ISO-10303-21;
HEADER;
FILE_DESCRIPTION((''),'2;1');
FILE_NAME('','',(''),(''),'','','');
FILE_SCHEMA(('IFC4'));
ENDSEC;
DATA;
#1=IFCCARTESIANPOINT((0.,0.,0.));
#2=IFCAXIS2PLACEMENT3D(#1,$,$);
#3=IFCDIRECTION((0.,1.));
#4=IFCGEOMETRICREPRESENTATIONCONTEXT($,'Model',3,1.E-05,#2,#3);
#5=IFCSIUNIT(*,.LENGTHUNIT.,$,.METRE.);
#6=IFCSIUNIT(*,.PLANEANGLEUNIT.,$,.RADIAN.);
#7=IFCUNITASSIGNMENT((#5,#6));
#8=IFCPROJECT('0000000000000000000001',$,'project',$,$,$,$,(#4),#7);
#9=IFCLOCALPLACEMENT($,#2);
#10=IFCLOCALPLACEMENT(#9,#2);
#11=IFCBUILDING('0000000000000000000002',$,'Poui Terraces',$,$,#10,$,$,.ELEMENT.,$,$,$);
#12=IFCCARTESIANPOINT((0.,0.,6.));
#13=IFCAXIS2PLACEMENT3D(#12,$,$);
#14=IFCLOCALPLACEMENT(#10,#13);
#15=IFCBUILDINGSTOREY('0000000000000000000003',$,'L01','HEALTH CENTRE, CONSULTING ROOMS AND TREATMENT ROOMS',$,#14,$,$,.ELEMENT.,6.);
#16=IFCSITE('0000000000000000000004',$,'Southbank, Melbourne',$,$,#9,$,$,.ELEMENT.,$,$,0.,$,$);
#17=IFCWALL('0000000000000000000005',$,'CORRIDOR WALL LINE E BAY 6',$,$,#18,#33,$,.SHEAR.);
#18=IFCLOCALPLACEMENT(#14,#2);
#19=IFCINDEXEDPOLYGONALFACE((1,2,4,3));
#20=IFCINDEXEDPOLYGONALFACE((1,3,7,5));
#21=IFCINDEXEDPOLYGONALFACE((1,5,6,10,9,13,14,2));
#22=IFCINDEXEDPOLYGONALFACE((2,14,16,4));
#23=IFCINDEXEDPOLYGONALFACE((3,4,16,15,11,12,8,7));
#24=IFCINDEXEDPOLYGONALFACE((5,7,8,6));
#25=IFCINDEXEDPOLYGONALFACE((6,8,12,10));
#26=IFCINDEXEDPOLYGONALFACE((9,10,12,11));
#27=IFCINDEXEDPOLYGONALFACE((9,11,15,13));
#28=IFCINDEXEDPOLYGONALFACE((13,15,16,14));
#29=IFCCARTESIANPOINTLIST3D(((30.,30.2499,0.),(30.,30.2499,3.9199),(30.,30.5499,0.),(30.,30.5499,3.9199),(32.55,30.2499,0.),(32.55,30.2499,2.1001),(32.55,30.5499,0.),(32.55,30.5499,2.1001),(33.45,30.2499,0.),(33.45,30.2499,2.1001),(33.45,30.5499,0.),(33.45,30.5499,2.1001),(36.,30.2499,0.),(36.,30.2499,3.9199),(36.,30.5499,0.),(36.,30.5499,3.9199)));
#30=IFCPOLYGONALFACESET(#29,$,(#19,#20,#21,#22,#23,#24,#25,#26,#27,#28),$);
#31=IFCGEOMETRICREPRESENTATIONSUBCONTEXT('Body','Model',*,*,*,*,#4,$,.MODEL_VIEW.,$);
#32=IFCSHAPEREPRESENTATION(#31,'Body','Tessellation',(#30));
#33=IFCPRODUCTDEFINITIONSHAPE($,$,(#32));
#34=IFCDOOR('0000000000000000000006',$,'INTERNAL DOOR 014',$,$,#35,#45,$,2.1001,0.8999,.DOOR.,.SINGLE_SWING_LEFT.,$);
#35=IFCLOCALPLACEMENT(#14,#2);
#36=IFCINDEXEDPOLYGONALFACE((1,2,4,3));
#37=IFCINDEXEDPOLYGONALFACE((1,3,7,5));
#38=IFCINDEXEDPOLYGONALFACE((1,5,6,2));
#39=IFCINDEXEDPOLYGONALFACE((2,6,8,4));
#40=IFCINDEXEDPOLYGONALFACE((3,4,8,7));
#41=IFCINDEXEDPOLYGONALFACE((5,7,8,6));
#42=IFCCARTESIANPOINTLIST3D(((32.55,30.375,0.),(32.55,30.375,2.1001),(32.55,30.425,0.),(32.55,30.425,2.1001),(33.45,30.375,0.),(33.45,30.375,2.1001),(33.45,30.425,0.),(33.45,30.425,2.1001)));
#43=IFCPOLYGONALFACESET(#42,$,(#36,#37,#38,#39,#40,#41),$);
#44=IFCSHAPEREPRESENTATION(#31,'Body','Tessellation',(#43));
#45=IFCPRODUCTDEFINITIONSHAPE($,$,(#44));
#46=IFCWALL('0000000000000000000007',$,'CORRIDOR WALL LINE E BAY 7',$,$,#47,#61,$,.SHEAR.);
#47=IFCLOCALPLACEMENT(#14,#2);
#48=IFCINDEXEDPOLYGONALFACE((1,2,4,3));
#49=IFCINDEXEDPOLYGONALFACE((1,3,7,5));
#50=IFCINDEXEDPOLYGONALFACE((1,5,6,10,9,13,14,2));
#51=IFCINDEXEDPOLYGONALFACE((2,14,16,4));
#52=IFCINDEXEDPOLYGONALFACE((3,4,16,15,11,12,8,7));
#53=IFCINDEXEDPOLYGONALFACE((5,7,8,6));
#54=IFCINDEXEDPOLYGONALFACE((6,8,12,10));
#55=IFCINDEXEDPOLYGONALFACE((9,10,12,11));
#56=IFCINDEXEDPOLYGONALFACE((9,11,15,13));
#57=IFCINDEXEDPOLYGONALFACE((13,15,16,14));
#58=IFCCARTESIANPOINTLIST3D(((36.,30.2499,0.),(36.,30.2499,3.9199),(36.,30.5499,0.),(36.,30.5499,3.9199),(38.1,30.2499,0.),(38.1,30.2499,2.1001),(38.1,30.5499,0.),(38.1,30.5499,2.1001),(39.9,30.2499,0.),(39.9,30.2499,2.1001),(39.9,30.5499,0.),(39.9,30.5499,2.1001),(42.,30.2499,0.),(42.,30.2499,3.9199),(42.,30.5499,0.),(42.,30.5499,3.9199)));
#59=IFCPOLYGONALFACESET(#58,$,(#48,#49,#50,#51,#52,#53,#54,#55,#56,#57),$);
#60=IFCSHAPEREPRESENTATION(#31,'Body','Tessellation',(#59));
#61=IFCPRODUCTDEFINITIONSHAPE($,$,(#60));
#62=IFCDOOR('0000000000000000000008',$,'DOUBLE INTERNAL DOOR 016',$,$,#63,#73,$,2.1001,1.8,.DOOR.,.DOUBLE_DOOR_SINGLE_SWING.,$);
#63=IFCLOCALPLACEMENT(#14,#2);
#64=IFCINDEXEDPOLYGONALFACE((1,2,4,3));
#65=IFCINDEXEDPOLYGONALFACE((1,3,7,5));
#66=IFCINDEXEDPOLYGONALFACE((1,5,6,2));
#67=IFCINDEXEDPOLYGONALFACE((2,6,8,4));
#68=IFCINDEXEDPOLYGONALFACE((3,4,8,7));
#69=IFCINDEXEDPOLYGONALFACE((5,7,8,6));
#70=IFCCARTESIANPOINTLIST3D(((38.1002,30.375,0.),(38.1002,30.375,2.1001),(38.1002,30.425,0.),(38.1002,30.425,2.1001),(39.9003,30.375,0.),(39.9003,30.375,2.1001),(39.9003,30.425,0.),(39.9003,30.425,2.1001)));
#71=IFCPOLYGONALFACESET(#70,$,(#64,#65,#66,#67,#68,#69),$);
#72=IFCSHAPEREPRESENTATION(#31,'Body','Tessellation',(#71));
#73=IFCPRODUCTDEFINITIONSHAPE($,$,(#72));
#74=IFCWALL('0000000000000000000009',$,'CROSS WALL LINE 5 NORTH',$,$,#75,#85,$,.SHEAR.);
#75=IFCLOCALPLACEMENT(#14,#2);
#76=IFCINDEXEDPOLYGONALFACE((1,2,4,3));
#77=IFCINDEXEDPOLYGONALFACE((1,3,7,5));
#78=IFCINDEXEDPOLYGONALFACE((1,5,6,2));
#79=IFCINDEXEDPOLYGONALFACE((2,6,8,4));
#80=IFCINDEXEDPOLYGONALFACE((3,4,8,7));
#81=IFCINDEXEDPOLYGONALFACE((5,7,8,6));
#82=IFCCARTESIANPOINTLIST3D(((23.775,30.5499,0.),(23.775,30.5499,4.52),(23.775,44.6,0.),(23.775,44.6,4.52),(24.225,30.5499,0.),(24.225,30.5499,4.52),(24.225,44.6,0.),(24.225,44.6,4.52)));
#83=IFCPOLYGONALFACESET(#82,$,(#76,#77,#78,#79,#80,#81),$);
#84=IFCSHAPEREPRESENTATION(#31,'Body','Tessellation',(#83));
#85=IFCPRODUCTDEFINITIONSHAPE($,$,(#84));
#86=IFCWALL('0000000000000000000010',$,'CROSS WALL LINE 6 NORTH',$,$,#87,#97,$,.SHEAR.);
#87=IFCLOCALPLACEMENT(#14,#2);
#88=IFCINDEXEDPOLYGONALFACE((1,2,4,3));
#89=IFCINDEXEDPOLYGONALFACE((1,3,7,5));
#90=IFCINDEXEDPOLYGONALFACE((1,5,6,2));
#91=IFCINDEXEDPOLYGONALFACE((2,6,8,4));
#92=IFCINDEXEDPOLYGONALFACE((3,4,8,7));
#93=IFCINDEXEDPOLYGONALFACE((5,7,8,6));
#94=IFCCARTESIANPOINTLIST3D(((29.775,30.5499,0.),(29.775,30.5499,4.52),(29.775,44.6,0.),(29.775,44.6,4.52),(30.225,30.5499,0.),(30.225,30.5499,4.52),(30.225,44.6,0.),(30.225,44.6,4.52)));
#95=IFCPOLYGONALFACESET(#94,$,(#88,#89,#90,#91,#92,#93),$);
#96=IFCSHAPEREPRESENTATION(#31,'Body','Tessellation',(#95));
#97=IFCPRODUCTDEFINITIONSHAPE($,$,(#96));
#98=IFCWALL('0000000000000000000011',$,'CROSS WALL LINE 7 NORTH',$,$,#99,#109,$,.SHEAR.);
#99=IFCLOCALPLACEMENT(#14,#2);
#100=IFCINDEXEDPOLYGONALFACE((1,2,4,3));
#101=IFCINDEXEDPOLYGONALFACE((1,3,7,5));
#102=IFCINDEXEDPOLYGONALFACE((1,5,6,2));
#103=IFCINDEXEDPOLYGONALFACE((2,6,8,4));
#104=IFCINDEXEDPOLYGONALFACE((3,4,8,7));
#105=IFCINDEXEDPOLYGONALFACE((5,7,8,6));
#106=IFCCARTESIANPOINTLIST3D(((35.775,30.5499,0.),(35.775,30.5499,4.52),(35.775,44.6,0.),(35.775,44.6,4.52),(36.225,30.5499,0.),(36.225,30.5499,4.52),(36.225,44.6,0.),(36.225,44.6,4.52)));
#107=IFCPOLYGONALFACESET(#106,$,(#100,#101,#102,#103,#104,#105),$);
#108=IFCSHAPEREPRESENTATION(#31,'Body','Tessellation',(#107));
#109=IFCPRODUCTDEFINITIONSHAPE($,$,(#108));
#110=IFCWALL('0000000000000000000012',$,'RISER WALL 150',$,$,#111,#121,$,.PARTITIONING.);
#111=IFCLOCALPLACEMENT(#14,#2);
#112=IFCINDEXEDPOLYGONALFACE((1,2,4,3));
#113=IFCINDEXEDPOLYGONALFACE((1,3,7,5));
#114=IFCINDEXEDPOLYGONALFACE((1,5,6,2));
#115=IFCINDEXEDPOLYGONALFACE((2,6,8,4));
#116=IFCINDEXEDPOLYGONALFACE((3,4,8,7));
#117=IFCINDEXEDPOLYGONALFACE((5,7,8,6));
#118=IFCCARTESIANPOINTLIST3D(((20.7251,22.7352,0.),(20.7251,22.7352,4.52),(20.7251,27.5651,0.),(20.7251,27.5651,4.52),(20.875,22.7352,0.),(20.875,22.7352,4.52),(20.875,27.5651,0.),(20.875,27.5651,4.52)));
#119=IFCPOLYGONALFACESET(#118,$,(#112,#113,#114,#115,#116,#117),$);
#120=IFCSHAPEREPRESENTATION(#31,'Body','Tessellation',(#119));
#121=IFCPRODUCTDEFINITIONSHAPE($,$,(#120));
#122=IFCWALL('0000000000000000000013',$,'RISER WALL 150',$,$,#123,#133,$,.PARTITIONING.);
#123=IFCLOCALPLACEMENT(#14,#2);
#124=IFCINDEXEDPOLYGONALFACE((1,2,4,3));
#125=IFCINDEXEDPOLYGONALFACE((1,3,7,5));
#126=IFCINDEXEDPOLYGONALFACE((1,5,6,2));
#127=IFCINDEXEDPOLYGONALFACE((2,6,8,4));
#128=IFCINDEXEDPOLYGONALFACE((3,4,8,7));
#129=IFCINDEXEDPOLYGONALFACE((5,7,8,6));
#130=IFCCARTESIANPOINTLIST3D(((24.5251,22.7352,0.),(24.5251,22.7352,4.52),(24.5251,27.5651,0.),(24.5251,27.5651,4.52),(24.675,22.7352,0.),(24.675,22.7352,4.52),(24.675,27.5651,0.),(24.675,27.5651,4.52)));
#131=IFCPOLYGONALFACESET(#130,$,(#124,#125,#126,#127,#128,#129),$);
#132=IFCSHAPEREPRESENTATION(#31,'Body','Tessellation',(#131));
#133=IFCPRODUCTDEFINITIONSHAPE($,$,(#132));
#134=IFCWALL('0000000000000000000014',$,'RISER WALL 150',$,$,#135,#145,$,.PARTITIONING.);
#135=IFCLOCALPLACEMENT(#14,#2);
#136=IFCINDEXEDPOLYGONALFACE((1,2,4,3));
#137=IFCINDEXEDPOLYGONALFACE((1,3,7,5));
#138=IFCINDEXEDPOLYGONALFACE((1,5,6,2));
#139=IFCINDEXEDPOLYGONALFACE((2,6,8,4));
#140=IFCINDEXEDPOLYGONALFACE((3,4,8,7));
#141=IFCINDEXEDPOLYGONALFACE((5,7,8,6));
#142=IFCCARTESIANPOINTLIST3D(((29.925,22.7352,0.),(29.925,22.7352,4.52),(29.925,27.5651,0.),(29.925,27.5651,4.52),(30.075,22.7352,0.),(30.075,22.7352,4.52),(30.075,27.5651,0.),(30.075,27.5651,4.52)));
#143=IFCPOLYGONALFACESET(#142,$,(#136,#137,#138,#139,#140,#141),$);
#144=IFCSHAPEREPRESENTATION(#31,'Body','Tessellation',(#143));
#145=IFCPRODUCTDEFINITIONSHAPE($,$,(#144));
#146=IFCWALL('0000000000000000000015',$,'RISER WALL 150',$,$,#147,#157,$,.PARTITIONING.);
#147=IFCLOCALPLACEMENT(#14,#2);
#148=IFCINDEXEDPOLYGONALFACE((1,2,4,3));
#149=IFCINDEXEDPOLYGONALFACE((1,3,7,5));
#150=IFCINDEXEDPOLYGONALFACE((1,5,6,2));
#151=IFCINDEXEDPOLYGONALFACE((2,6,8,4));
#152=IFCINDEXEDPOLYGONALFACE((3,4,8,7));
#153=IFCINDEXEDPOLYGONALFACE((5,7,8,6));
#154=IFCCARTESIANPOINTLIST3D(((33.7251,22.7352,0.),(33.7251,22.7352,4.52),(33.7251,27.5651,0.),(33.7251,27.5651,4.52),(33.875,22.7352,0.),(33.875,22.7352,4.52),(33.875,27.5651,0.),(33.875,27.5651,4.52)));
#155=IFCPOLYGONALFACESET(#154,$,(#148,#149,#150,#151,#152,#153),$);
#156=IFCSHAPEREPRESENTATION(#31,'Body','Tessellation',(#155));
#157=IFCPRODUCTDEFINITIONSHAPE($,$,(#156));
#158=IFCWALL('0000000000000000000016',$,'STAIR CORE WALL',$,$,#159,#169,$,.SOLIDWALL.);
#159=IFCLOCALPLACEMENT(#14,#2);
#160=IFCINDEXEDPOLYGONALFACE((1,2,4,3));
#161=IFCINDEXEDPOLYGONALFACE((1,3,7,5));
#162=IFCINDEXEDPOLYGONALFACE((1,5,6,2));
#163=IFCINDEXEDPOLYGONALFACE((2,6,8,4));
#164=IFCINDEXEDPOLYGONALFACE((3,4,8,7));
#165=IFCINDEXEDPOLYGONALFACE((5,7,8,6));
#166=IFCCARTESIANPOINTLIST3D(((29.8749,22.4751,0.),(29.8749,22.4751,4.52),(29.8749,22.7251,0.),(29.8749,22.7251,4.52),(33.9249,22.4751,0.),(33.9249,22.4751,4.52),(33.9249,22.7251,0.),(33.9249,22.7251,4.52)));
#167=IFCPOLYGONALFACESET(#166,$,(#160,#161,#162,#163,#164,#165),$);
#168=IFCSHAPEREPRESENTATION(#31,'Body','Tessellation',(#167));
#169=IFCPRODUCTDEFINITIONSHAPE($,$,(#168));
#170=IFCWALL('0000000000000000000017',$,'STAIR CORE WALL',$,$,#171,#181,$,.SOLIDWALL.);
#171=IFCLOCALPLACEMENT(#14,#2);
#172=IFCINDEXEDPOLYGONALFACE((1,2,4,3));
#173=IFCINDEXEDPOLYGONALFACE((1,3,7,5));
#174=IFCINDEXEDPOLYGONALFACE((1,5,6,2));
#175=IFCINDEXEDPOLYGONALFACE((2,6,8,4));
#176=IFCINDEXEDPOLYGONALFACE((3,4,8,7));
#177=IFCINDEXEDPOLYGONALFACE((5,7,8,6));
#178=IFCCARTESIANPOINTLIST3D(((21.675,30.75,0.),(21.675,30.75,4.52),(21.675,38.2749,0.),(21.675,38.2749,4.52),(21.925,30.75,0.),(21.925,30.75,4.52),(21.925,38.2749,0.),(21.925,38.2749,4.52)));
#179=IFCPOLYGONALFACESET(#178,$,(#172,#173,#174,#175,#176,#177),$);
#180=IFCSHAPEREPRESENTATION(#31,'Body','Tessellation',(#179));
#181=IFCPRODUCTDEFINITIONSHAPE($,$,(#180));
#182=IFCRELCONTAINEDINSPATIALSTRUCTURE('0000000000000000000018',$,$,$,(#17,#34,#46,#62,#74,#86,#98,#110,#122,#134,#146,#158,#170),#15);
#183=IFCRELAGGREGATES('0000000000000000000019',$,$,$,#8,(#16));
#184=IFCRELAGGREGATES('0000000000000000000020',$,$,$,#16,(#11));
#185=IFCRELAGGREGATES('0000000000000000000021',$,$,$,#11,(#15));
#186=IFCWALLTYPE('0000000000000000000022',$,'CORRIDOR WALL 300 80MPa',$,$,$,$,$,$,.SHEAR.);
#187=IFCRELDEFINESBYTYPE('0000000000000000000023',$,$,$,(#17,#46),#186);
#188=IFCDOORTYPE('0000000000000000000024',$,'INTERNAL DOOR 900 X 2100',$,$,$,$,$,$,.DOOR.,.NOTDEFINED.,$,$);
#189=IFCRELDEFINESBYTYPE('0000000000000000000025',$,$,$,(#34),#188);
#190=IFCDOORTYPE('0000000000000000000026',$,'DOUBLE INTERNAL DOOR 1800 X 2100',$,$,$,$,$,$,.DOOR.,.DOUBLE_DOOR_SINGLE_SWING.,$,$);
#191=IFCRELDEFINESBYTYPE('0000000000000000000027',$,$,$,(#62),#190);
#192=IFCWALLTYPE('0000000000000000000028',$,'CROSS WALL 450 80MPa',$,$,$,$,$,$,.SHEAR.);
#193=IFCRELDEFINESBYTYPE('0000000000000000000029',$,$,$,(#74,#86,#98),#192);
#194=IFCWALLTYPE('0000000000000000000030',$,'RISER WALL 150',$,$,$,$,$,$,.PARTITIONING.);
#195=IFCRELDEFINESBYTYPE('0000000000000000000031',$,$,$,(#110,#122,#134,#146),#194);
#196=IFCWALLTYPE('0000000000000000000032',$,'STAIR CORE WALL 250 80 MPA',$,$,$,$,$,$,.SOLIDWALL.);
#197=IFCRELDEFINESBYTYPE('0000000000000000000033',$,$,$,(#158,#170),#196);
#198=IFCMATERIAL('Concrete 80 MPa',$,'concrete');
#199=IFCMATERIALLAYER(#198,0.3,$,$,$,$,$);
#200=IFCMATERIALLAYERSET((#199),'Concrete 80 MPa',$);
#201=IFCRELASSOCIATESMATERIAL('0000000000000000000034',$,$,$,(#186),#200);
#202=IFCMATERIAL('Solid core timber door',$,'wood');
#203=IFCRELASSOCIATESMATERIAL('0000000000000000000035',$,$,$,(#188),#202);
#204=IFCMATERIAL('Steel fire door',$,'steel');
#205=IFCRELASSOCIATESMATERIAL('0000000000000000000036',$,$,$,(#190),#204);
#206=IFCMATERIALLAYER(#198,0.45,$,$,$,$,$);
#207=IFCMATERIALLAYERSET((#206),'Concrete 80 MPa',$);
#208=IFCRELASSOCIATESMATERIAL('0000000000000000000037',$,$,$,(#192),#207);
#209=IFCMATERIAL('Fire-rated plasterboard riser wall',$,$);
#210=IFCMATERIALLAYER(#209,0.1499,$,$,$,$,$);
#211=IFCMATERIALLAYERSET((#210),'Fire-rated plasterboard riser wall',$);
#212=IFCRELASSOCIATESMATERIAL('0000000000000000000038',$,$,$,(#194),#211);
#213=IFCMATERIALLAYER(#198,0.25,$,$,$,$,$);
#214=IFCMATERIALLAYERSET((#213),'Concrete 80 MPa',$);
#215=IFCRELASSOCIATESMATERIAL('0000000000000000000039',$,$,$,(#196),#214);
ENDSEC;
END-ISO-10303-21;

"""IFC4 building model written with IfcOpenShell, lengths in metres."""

from ifc_helpers import new_model, si_unit, direction, frame, frame_2d, origin, place, context, subcontext, project, spatial, rectangle, extrude, material, layer, layer_set, type_object, element, fill, save


model = new_model("IFC4")

# Units and contexts
model_context = context("Model", 3, precision=1e-05, world=origin(), true_north=direction((0.0, 1.0)))
body_context = subcontext(model_context, "Body", "Model", "MODEL_VIEW")
ifc_project = project(units=[si_unit("LENGTHUNIT", "METRE"), si_unit("PLANEANGLEUNIT", "RADIAN")], contexts=[model_context])

# Site, building, storey
site_placement = place(None, origin())
site = spatial("IfcSite", under=ifc_project, at=site_placement, Name="Southbank, Melbourne", CompositionType="ELEMENT", RefElevation=0.0)
building_placement = place(site_placement, origin())
building = spatial("IfcBuilding", under=site, at=building_placement, Name="Poui Terraces", CompositionType="ELEMENT")
storey_placement = place(building_placement, frame((0.0, 0.0, 6.0)))
storey = spatial("IfcBuildingStorey", under=building, at=storey_placement, Name="L01", Description="HEALTH CENTRE, CONSULTING ROOMS AND TREATMENT ROOMS", CompositionType="ELEMENT", Elevation=6.0)

# Shared definitions
ifc_material_1 = material(Name="Concrete 80 MPa", Category="concrete")

# Shared definitions
ifc_material_2 = material(Name="Steel fire door", Category="steel")

# Walls, openings, doors
ifc_layer_1 = layer(ifc_material_1, 0.3)
ifc_layer_set_1 = layer_set([ifc_layer_1], Name="Concrete 80 MPa")
wall_type_1 = type_object("IfcWallType", Name="CORRIDOR WALL 300 80MPa", PredefinedType="SHEAR", material=ifc_layer_set_1)
ifc_material_3 = material(Name="Solid core timber door", Category="wood")
door_type_1 = type_object("IfcDoorType", Name="INTERNAL DOOR 900 X 2100", OperationType="NOTDEFINED", PredefinedType="DOOR", material=ifc_material_3)
wall_1_placement = place(storey_placement, frame((30.0, 30.3999, 0.0), z_axis=(0.0, 0.0, 1.0), x_axis=(1.0, 0.0, 0.0)))
wall_1 = element("IfcWall", 1, at=wall_1_placement, inside=storey, type_object=wall_type_1, Name="CORRIDOR WALL LINE E BAY 6", PredefinedType="SHEAR", context=body_context, shape_type="SweptSolid", body=[
    extrude(rectangle(XDim=6.0, YDim=0.3, at=frame_2d((3.0, 0.0))), origin(), (0.0, 0.0, 1.0), 3.9199),
])
opening_1_placement = place(wall_1_placement, frame((2.55, 0.0, 0.0)))
opening_1 = element("IfcOpeningElement", 2, at=opening_1_placement, cuts=wall_1, PredefinedType="OPENING", context=body_context, shape_type="SweptSolid", body=[
    extrude(rectangle(XDim=0.8999, YDim=2.1001, at=frame_2d((0.45, 1.05))), frame((0.0, 0.1602, 0.0), z_axis=(0.0, -1.0, 0.0), x_axis=(1.0, 0.0, 0.0)), (0.0, 0.0, 1.0), 0.3201),
])
door_1_placement = place(opening_1_placement, frame((0.8999, 0.0, 0.0), z_axis=(0.0, 0.0, 1.0), x_axis=(-1.0, 0.0, 0.0)))
door_1 = element("IfcDoor", 3, at=door_1_placement, inside=storey, type_object=door_type_1, Name="INTERNAL DOOR 014", OperationType="SINGLE_SWING_LEFT", OverallHeight=2.1001, OverallWidth=0.8999, PredefinedType="DOOR", context=body_context, shape_type="SweptSolid", body=[
    extrude(rectangle(XDim=0.8999, YDim=2.1001, at=frame_2d((0.45, 1.05))), frame((0.0, 0.0249, 0.0), z_axis=(0.0, -1.0, 0.0), x_axis=(1.0, 0.0, 0.0)), (0.0, 0.0, 1.0), 0.05),
])
fill(opening_1, door_1)
wall_2_placement = place(storey_placement, frame((36.0, 30.3999, 0.0), z_axis=(0.0, 0.0, 1.0), x_axis=(1.0, 0.0, 0.0)))
wall_2 = element("IfcWall", 4, at=wall_2_placement, inside=storey, type_object=wall_type_1, Name="CORRIDOR WALL LINE E BAY 7", PredefinedType="SHEAR", context=body_context, shape_type="SweptSolid", body=[
    extrude(rectangle(XDim=6.0, YDim=0.3, at=frame_2d((3.0, 0.0))), origin(), (0.0, 0.0, 1.0), 3.9199),
])
opening_2_placement = place(wall_2_placement, frame((2.1001, 0.0, 0.0)))
opening_2 = element("IfcOpeningElement", 5, at=opening_2_placement, cuts=wall_2, PredefinedType="OPENING", context=body_context, shape_type="SweptSolid", body=[
    extrude(rectangle(XDim=1.8, YDim=2.1001, at=frame_2d((0.8999, 1.05))), frame((0.0, 0.1602, 0.0), z_axis=(0.0, -1.0, 0.0), x_axis=(1.0, 0.0, 0.0)), (0.0, 0.0, 1.0), 0.3201),
])
door_type_2 = type_object("IfcDoorType", Name="DOUBLE INTERNAL DOOR 1800 X 2100", OperationType="DOUBLE_DOOR_SINGLE_SWING", PredefinedType="DOOR", material=ifc_material_2)
door_2_placement = place(opening_2_placement, frame((1.8, 0.0, 0.0), z_axis=(0.0, 0.0, 1.0), x_axis=(-1.0, 0.0, 0.0)))
door_2 = element("IfcDoor", 6, at=door_2_placement, inside=storey, type_object=door_type_2, Name="DOUBLE INTERNAL DOOR 016", OperationType="DOUBLE_DOOR_SINGLE_SWING", OverallHeight=2.1001, OverallWidth=1.8, PredefinedType="DOOR", context=body_context, shape_type="SweptSolid", body=[
    extrude(rectangle(XDim=1.8, YDim=2.1001, at=frame_2d((0.8999, 1.05))), frame((0.0, 0.0249, 0.0), z_axis=(0.0, -1.0, 0.0), x_axis=(1.0, 0.0, 0.0)), (0.0, 0.0, 1.0), 0.05),
])
fill(opening_2, door_2)

# Walls
ifc_layer_2 = layer(ifc_material_1, 0.45)
ifc_layer_set_2 = layer_set([ifc_layer_2], Name="Concrete 80 MPa")
wall_type_2 = type_object("IfcWallType", Name="CROSS WALL 450 80MPa", PredefinedType="SHEAR", material=ifc_layer_set_2)
for number, where, z_axis, x_axis, name in (
    (7, (24.0, 30.55, 0.0), (0.0, 0.0, 1.0), (0.0, 1.0, 0.0), "CROSS WALL LINE 5 NORTH"),
    (8, (30.0, 30.55, 0.0), (0.0, 0.0, 1.0), (0.0, 1.0, 0.0), "CROSS WALL LINE 6 NORTH"),
    (9, (36.0, 30.55, 0.0), (0.0, 0.0, 1.0), (0.0, 1.0, 0.0), "CROSS WALL LINE 7 NORTH"),
):
    element("IfcWall", number, at=place(storey_placement, frame(where, z_axis=z_axis, x_axis=x_axis)), inside=storey, type_object=wall_type_2, Name=name, PredefinedType="SHEAR", context=body_context, shape_type="SweptSolid", body=[
        extrude(rectangle(XDim=14.05, YDim=0.45, at=frame_2d((7.0249, 0.0))), origin(), (0.0, 0.0, 1.0), 4.52),
    ])
ifc_material_4 = material(Name="Fire-rated plasterboard riser wall")
ifc_layer_3 = layer(ifc_material_4, 0.1499)
ifc_layer_set_3 = layer_set([ifc_layer_3], Name="Fire-rated plasterboard riser wall")
wall_type_3 = type_object("IfcWallType", Name="RISER WALL 150", PredefinedType="PARTITIONING", material=ifc_layer_set_3)
for number, where, z_axis, x_axis, name in (
    (10, (20.8, 22.7351, 0.0), (0.0, 0.0, 1.0), (0.0, 1.0, 0.0), "RISER WALL 150"),
    (11, (24.6001, 22.7351, 0.0), (0.0, 0.0, 1.0), (0.0, 1.0, 0.0), "RISER WALL 150"),
    (12, (30.0, 22.7351, 0.0), (0.0, 0.0, 1.0), (0.0, 1.0, 0.0), "RISER WALL 150"),
    (13, (33.8, 22.7351, 0.0), (0.0, 0.0, 1.0), (0.0, 1.0, 0.0), "RISER WALL 150"),
):
    element("IfcWall", number, at=place(storey_placement, frame(where, z_axis=z_axis, x_axis=x_axis)), inside=storey, type_object=wall_type_3, Name=name, PredefinedType="PARTITIONING", context=body_context, shape_type="SweptSolid", body=[
        extrude(rectangle(XDim=4.8298, YDim=0.1499, at=frame_2d((2.415, 0.0))), origin(), (0.0, 0.0, 1.0), 4.52),
    ])
ifc_layer_4 = layer(ifc_material_1, 0.25)
ifc_layer_set_4 = layer_set([ifc_layer_4], Name="Concrete 80 MPa")
wall_type_4 = type_object("IfcWallType", Name="STAIR CORE WALL 250 80 MPA", PredefinedType="SOLIDWALL", material=ifc_layer_set_4)
wall_3_placement = place(storey_placement, frame((29.875, 22.6001, 0.0), z_axis=(0.0, 0.0, 1.0), x_axis=(1.0, 0.0, 0.0)))
element("IfcWall", 14, at=wall_3_placement, inside=storey, type_object=wall_type_4, Name="STAIR CORE WALL", PredefinedType="SOLIDWALL", context=body_context, shape_type="SweptSolid", body=[
    extrude(rectangle(XDim=4.05, YDim=0.25, at=frame_2d((2.0249, 0.0))), origin(), (0.0, 0.0, 1.0), 4.52),
])
wall_4_placement = place(storey_placement, frame((21.8, 30.75, 0.0), z_axis=(0.0, 0.0, 1.0), x_axis=(0.0, 1.0, 0.0)))
element("IfcWall", 15, at=wall_4_placement, inside=storey, type_object=wall_type_4, Name="STAIR CORE WALL", PredefinedType="SOLIDWALL", context=body_context, shape_type="SweptSolid", body=[
    extrude(rectangle(XDim=7.5249, YDim=0.25, at=frame_2d((3.7625, 0.0))), origin(), (0.0, 0.0, 1.0), 4.52),
])

save(model, "model.ifc")
